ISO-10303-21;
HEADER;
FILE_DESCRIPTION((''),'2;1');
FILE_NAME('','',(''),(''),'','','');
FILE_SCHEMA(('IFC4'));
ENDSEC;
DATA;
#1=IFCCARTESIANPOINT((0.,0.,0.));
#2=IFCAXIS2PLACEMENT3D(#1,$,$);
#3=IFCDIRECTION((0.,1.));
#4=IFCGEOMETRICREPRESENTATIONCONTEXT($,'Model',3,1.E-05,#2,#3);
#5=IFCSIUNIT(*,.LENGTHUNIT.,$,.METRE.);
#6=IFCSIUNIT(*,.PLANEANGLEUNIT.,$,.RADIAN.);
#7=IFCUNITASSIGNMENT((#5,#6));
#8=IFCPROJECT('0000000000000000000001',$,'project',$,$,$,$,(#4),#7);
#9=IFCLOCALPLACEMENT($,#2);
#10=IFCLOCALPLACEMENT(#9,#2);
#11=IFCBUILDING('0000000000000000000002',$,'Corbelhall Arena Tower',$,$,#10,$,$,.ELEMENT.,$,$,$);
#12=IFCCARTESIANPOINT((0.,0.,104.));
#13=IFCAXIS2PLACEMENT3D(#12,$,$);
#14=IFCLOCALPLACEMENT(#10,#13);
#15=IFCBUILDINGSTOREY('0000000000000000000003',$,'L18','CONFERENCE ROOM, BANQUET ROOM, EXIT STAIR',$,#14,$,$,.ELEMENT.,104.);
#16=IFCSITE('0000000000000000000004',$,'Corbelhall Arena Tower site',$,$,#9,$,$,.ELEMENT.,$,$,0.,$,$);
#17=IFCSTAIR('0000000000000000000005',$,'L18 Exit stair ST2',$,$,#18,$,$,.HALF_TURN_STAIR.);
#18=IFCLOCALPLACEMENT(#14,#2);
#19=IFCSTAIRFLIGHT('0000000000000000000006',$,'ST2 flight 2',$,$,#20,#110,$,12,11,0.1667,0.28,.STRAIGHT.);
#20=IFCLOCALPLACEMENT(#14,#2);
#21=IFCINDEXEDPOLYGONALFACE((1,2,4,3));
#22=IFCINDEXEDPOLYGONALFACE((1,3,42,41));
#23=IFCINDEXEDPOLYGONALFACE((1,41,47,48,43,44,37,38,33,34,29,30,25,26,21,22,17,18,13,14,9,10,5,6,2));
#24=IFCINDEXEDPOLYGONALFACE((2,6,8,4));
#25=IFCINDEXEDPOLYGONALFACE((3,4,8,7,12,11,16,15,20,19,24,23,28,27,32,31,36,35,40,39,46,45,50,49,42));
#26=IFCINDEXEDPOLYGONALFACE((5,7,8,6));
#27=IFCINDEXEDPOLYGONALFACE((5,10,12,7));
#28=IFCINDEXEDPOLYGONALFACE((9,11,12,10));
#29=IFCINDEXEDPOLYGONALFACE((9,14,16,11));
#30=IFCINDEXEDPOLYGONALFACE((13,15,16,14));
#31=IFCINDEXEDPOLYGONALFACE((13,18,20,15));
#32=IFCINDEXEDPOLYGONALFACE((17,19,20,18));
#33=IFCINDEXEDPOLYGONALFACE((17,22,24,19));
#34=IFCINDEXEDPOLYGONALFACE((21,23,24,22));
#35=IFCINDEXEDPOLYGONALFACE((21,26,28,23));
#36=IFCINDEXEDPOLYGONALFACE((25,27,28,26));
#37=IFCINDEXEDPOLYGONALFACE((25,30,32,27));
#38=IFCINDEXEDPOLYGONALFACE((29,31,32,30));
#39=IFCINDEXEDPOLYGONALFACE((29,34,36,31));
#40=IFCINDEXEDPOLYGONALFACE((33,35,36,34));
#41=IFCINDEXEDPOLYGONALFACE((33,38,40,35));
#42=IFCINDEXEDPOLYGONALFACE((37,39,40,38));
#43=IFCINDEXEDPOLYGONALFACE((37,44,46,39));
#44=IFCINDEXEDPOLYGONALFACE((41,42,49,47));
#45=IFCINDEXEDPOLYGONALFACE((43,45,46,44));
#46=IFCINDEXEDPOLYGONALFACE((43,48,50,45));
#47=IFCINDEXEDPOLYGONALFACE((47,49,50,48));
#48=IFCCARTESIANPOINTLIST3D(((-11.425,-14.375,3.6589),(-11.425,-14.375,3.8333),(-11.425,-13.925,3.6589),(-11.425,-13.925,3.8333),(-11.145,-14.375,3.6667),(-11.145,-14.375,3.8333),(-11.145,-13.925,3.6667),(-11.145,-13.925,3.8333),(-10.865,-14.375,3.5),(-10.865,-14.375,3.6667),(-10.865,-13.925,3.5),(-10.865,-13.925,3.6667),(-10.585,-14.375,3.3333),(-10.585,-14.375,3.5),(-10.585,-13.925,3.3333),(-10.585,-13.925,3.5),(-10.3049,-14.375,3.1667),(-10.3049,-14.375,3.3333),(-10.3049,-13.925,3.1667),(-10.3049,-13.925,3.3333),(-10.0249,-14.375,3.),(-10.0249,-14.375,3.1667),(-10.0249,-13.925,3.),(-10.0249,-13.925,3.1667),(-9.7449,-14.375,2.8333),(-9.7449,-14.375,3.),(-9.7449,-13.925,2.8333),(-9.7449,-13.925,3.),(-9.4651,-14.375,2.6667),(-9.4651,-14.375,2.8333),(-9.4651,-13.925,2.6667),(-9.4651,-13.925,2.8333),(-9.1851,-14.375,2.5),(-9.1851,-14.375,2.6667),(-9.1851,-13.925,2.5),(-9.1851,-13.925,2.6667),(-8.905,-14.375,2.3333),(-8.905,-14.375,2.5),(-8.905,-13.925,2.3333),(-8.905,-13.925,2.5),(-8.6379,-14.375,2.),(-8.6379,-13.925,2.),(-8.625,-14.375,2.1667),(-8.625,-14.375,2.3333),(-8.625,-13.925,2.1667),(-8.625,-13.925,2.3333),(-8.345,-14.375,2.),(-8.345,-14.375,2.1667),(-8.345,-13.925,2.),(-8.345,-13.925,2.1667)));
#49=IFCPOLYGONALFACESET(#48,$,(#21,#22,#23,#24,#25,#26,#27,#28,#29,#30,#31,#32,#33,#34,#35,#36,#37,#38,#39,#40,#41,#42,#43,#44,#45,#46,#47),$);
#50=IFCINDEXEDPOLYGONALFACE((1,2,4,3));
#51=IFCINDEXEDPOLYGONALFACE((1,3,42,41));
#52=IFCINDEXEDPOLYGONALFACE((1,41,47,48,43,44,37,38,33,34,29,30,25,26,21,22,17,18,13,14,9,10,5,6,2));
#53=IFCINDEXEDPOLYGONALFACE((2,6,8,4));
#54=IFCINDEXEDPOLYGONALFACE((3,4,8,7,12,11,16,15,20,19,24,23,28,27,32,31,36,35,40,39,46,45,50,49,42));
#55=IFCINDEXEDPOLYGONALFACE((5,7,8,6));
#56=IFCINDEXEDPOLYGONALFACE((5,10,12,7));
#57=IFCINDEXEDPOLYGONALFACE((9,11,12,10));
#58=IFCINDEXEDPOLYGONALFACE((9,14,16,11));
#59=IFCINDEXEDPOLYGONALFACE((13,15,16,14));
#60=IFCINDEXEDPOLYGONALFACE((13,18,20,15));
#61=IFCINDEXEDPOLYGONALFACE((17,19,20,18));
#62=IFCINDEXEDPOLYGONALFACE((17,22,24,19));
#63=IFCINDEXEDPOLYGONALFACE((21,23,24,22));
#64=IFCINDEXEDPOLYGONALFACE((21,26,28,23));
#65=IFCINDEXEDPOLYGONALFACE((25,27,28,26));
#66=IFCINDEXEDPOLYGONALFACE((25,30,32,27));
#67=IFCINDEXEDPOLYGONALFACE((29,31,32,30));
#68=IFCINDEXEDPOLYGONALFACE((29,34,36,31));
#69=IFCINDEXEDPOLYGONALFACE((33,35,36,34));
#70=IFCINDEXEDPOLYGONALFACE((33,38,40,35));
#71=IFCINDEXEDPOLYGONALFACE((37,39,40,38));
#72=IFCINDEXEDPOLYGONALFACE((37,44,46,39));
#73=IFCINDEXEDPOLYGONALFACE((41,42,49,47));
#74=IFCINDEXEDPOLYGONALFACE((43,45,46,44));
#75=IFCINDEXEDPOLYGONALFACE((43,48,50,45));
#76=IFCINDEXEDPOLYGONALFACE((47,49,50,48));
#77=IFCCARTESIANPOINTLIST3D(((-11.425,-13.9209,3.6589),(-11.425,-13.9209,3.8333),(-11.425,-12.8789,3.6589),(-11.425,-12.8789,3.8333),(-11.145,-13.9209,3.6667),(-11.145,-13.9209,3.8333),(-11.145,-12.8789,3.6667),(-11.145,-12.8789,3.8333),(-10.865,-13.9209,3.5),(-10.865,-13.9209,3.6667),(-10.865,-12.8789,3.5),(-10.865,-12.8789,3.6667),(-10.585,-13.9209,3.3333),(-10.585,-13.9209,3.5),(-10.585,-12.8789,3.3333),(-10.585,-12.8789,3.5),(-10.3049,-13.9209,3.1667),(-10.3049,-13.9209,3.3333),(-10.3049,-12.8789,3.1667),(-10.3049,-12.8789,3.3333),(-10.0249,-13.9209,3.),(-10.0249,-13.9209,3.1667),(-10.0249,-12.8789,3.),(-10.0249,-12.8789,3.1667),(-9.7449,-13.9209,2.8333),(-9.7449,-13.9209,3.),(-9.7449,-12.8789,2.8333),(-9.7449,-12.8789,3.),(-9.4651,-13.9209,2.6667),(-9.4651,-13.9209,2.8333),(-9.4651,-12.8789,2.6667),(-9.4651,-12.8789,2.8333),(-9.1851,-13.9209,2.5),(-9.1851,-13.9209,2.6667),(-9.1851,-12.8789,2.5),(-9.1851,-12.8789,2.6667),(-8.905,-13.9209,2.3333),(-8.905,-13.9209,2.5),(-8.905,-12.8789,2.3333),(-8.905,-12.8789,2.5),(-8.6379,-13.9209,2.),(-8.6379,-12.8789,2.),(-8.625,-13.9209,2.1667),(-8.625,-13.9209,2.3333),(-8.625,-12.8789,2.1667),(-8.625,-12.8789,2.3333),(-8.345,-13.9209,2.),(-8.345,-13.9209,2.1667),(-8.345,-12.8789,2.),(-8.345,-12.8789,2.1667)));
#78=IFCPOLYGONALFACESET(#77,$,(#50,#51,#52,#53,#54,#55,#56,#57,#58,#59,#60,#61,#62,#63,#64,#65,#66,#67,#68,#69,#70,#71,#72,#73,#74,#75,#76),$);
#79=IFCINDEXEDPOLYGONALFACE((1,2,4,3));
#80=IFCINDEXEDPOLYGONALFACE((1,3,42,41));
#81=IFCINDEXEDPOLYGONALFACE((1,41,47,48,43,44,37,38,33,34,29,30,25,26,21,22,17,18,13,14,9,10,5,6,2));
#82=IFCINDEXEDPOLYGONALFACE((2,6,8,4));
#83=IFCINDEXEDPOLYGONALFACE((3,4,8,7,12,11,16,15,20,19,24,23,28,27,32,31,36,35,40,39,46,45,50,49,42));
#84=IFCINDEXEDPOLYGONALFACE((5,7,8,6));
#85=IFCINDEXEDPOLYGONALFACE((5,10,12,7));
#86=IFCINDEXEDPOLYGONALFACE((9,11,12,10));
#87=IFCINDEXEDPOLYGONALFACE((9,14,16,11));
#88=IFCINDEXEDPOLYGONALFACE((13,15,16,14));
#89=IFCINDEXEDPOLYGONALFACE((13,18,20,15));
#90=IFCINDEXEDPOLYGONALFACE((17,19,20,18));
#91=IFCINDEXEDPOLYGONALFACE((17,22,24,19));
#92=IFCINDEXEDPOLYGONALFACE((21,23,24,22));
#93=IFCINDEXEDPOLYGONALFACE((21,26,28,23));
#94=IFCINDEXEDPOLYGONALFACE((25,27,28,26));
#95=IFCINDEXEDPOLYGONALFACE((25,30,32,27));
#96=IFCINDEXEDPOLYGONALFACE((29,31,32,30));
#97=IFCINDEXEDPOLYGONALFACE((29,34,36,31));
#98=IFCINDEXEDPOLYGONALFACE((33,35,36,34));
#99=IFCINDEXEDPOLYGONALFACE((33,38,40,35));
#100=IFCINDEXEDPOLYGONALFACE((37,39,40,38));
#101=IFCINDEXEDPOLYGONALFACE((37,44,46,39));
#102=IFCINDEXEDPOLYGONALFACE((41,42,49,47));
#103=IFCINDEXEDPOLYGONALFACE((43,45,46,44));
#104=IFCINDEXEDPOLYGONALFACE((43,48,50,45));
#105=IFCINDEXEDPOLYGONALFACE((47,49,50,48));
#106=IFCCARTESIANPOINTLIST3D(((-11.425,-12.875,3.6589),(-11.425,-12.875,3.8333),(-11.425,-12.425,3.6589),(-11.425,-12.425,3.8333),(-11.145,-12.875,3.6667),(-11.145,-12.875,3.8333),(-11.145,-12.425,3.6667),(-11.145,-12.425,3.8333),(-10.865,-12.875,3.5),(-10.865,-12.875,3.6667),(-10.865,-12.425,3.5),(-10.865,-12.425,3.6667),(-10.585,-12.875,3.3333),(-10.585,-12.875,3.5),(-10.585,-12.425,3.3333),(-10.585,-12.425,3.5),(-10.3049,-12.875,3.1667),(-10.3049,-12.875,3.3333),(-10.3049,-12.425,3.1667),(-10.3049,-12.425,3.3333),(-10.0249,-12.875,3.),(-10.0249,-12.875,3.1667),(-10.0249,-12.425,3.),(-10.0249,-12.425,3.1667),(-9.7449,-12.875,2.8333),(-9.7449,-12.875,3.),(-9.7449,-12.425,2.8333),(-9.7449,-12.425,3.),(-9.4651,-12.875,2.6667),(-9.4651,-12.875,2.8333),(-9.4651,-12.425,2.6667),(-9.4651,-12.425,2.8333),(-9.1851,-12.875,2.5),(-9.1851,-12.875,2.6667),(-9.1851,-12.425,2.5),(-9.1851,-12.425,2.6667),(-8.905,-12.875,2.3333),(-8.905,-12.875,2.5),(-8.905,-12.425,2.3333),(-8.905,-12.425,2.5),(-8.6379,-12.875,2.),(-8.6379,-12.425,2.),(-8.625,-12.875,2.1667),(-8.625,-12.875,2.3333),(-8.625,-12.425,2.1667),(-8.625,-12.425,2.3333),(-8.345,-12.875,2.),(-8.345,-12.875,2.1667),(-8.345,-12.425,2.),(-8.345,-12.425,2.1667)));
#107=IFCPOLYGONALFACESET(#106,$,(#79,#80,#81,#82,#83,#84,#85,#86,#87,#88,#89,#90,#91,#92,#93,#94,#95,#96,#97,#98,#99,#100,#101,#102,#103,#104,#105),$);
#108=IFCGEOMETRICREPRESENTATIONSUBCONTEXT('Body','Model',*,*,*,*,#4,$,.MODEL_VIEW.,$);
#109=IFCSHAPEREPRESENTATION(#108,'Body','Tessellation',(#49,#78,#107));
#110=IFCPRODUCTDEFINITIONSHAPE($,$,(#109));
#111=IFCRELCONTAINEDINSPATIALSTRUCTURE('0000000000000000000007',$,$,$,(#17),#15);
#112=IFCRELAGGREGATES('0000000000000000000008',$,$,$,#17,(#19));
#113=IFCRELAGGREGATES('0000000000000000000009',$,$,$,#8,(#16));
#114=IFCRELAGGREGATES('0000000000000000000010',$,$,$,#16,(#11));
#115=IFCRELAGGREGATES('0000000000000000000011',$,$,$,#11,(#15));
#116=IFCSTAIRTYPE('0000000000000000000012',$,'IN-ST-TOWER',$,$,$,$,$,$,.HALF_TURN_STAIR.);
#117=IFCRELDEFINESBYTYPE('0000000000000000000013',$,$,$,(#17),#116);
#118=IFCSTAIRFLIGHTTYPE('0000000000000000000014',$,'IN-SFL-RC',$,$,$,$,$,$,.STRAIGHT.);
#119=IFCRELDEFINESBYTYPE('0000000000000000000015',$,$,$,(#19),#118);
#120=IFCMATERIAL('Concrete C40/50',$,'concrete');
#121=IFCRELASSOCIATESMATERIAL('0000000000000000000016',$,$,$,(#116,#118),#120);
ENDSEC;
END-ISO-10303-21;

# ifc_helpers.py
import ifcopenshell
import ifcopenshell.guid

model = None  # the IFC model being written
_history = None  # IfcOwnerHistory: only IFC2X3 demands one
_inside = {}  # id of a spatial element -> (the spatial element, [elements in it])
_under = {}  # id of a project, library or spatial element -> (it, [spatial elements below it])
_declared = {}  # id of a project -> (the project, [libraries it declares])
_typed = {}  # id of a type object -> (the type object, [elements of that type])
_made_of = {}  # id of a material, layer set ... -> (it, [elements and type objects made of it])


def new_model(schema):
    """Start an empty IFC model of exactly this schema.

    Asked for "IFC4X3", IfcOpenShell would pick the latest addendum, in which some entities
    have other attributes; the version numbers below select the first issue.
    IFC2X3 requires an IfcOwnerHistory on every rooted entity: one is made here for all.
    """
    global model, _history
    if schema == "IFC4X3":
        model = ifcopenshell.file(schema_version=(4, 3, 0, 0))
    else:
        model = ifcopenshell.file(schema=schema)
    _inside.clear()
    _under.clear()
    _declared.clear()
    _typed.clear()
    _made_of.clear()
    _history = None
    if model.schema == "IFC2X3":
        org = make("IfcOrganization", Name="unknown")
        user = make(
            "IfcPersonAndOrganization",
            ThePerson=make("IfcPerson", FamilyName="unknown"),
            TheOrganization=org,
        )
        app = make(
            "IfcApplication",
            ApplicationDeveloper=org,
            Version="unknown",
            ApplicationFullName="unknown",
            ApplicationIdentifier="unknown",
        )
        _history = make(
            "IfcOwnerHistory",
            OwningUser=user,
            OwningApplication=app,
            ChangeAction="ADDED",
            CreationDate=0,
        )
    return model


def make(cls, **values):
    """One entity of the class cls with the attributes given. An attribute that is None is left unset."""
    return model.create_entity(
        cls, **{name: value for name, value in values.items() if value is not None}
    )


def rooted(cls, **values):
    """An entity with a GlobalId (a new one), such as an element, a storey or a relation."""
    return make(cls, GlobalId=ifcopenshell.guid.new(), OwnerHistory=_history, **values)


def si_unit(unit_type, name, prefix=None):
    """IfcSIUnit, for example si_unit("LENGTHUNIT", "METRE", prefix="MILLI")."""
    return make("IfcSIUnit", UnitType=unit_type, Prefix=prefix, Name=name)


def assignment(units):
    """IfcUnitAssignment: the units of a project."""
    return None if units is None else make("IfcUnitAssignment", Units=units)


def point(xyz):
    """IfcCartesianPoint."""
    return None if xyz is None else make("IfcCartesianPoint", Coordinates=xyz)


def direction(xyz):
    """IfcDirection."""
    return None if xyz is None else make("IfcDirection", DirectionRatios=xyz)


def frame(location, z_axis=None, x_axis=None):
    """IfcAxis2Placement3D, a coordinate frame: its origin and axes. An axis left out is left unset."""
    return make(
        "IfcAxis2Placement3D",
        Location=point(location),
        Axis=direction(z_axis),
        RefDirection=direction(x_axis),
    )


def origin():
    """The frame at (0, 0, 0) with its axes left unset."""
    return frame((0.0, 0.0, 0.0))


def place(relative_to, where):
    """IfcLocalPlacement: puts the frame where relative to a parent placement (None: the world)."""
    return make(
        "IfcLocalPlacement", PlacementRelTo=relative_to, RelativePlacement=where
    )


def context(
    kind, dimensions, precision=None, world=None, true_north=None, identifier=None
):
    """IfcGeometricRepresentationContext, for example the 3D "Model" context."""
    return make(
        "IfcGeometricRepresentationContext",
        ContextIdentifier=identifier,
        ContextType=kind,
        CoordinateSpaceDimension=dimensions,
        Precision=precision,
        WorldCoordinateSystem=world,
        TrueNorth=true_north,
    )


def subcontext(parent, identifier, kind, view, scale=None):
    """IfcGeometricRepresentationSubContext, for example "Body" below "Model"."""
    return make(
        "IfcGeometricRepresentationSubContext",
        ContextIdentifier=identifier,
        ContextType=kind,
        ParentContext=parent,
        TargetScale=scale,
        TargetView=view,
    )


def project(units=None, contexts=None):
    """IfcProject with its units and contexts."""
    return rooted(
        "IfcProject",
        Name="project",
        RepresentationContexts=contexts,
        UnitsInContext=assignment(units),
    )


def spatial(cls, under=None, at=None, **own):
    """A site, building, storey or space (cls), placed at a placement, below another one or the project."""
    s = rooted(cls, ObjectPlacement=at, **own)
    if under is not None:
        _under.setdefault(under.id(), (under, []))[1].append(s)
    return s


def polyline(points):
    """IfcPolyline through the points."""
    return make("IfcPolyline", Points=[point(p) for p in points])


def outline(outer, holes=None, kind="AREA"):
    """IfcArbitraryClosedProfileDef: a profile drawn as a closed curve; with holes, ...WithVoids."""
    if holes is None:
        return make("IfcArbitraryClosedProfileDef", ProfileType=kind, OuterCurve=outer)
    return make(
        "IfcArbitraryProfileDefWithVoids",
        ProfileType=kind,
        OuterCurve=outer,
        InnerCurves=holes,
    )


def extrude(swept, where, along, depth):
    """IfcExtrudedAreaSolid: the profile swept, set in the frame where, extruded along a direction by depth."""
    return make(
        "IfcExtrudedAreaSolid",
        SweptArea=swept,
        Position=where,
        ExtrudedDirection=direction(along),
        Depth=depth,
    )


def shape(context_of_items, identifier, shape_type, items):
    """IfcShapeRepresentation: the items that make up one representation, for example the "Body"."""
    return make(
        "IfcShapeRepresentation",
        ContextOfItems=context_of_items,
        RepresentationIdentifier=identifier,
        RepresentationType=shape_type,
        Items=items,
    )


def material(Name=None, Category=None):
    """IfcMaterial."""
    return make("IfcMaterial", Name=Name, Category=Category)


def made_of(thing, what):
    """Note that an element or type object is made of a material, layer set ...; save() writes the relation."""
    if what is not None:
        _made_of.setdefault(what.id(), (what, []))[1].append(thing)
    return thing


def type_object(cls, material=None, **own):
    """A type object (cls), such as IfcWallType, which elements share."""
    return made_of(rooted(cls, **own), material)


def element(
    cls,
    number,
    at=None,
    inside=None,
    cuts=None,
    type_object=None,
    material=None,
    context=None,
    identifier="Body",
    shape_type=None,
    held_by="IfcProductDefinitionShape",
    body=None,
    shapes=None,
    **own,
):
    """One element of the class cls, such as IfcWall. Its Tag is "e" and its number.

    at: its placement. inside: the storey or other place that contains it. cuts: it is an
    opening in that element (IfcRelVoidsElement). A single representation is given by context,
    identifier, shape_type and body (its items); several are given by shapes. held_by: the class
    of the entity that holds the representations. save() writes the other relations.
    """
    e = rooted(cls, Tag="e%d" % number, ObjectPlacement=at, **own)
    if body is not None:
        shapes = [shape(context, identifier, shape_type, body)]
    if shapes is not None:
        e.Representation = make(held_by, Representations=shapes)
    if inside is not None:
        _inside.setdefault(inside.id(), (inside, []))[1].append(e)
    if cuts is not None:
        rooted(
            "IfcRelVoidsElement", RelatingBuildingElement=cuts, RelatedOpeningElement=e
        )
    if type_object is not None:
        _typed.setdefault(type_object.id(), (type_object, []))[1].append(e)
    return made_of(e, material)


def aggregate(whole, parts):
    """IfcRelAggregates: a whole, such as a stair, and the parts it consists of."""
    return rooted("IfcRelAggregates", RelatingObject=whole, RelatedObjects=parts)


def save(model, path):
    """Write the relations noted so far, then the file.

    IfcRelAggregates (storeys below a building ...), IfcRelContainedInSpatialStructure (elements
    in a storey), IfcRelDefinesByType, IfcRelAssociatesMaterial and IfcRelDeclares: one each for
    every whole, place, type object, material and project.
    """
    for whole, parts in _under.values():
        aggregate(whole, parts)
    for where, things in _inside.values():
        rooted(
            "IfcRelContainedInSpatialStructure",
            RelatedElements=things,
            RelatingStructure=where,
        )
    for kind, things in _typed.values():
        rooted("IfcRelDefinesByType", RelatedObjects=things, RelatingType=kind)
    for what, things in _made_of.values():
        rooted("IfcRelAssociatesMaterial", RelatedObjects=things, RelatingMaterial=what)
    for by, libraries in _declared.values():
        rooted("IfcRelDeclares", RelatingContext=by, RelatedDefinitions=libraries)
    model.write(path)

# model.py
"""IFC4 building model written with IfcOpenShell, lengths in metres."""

from ifc_helpers import new_model, si_unit, direction, frame, origin, place, context, subcontext, project, spatial, polyline, outline, extrude, material, type_object, element, aggregate, save


model = new_model("IFC4")

# Units and contexts
model_context = context("Model", 3, precision=1e-05, world=origin(), true_north=direction((0.0, 1.0)))
body_context = subcontext(model_context, "Body", "Model", "MODEL_VIEW")
ifc_project = project(units=[si_unit("LENGTHUNIT", "METRE"), si_unit("PLANEANGLEUNIT", "RADIAN")], contexts=[model_context])

# Site, building, storey
site_placement = place(None, origin())
site = spatial("IfcSite", under=ifc_project, at=site_placement, Name="Corbelhall Arena Tower site", CompositionType="ELEMENT", RefElevation=0.0)
building_placement = place(site_placement, origin())
building = spatial("IfcBuilding", under=site, at=building_placement, Name="Corbelhall Arena Tower", CompositionType="ELEMENT")
storey_placement = place(building_placement, frame((0.0, 0.0, 104.0)))
storey = spatial("IfcBuildingStorey", under=building, at=storey_placement, Name="L18", Description="CONFERENCE ROOM, BANQUET ROOM, EXIT STAIR", CompositionType="ELEMENT", Elevation=104.0)

# Shared definitions
ifc_material_1 = material(Name="Concrete C40/50", Category="concrete")

# Stair, stair flight
stair_type = type_object("IfcStairType", Name="IN-ST-TOWER", PredefinedType="HALF_TURN_STAIR", material=ifc_material_1)
stair_placement = place(storey_placement, origin())
stair = element("IfcStair", 1, at=stair_placement, inside=storey, type_object=stair_type, Name="L18 Exit stair ST2", PredefinedType="HALF_TURN_STAIR")
stair_flight_type = type_object("IfcStairFlightType", Name="IN-SFL-RC", PredefinedType="STRAIGHT", material=ifc_material_1)
stair_flight_placement = place(storey_placement, frame((-8.345, -13.3999, 2.0), z_axis=(0.0, 0.0, 1.0), x_axis=(-1.0, 0.0, 0.0)))
stair_flight = element("IfcStairFlight", 2, at=stair_flight_placement, type_object=stair_flight_type, Name="ST2 flight 2", NumberOfRisers=12, NumberOfTreads=11, PredefinedType="STRAIGHT", RiserHeight=0.1667, TreadLength=0.28, context=body_context, shape_type="SweptSolid", body=[
    extrude(outline(polyline([(0.0, 0.0), (0.0, 0.1667), (0.28, 0.1667), (0.28, 0.3333), (0.5601, 0.3333), (0.5601, 0.5), (0.8401, 0.5), (0.8401, 0.6667), (1.1201, 0.6667), (1.1201, 0.8333), (1.3999, 0.8333), (1.3999, 1.0), (1.6799, 1.0), (1.6799, 1.1667), (1.96, 1.1667), (1.96, 1.3333), (2.24, 1.3333), (2.24, 1.5), (2.52, 1.5), (2.52, 1.6667), (2.8, 1.6667), (2.8, 1.8333), (3.0801, 1.8333), (3.0801, 2.0), (3.0801, 1.6589), (0.293, 0.0), (0.0, 0.0)])), frame((0.0, 0.9751, 0.0), z_axis=(0.0, -1.0, 0.0), x_axis=(1.0, 0.0, 0.0)), (0.0, 0.0, 1.0), 0.45),
    extrude(outline(polyline([(0.0, 0.0), (0.0, 0.1667), (0.28, 0.1667), (0.28, 0.3333), (0.5601, 0.3333), (0.5601, 0.5), (0.8401, 0.5), (0.8401, 0.6667), (1.1201, 0.6667), (1.1201, 0.8333), (1.3999, 0.8333), (1.3999, 1.0), (1.6799, 1.0), (1.6799, 1.1667), (1.96, 1.1667), (1.96, 1.3333), (2.24, 1.3333), (2.24, 1.5), (2.52, 1.5), (2.52, 1.6667), (2.8, 1.6667), (2.8, 1.8333), (3.0801, 1.8333), (3.0801, 2.0), (3.0801, 1.6589), (0.293, 0.0), (0.0, 0.0)])), frame((0.0, 0.521, 0.0), z_axis=(0.0, -1.0, 0.0), x_axis=(1.0, 0.0, 0.0)), (0.0, 0.0, 1.0), 1.042),
    extrude(outline(polyline([(0.0, 0.0), (0.0, 0.1667), (0.28, 0.1667), (0.28, 0.3333), (0.5601, 0.3333), (0.5601, 0.5), (0.8401, 0.5), (0.8401, 0.6667), (1.1201, 0.6667), (1.1201, 0.8333), (1.3999, 0.8333), (1.3999, 1.0), (1.6799, 1.0), (1.6799, 1.1667), (1.96, 1.1667), (1.96, 1.3333), (2.24, 1.3333), (2.24, 1.5), (2.52, 1.5), (2.52, 1.6667), (2.8, 1.6667), (2.8, 1.8333), (3.0801, 1.8333), (3.0801, 2.0), (3.0801, 1.6589), (0.293, 0.0), (0.0, 0.0)])), frame((0.0, -0.5249, 0.0), z_axis=(0.0, -1.0, 0.0), x_axis=(1.0, 0.0, 0.0)), (0.0, 0.0, 1.0), 0.45),
])
aggregate(stair, [stair_flight])

save(model, "model.ifc")
